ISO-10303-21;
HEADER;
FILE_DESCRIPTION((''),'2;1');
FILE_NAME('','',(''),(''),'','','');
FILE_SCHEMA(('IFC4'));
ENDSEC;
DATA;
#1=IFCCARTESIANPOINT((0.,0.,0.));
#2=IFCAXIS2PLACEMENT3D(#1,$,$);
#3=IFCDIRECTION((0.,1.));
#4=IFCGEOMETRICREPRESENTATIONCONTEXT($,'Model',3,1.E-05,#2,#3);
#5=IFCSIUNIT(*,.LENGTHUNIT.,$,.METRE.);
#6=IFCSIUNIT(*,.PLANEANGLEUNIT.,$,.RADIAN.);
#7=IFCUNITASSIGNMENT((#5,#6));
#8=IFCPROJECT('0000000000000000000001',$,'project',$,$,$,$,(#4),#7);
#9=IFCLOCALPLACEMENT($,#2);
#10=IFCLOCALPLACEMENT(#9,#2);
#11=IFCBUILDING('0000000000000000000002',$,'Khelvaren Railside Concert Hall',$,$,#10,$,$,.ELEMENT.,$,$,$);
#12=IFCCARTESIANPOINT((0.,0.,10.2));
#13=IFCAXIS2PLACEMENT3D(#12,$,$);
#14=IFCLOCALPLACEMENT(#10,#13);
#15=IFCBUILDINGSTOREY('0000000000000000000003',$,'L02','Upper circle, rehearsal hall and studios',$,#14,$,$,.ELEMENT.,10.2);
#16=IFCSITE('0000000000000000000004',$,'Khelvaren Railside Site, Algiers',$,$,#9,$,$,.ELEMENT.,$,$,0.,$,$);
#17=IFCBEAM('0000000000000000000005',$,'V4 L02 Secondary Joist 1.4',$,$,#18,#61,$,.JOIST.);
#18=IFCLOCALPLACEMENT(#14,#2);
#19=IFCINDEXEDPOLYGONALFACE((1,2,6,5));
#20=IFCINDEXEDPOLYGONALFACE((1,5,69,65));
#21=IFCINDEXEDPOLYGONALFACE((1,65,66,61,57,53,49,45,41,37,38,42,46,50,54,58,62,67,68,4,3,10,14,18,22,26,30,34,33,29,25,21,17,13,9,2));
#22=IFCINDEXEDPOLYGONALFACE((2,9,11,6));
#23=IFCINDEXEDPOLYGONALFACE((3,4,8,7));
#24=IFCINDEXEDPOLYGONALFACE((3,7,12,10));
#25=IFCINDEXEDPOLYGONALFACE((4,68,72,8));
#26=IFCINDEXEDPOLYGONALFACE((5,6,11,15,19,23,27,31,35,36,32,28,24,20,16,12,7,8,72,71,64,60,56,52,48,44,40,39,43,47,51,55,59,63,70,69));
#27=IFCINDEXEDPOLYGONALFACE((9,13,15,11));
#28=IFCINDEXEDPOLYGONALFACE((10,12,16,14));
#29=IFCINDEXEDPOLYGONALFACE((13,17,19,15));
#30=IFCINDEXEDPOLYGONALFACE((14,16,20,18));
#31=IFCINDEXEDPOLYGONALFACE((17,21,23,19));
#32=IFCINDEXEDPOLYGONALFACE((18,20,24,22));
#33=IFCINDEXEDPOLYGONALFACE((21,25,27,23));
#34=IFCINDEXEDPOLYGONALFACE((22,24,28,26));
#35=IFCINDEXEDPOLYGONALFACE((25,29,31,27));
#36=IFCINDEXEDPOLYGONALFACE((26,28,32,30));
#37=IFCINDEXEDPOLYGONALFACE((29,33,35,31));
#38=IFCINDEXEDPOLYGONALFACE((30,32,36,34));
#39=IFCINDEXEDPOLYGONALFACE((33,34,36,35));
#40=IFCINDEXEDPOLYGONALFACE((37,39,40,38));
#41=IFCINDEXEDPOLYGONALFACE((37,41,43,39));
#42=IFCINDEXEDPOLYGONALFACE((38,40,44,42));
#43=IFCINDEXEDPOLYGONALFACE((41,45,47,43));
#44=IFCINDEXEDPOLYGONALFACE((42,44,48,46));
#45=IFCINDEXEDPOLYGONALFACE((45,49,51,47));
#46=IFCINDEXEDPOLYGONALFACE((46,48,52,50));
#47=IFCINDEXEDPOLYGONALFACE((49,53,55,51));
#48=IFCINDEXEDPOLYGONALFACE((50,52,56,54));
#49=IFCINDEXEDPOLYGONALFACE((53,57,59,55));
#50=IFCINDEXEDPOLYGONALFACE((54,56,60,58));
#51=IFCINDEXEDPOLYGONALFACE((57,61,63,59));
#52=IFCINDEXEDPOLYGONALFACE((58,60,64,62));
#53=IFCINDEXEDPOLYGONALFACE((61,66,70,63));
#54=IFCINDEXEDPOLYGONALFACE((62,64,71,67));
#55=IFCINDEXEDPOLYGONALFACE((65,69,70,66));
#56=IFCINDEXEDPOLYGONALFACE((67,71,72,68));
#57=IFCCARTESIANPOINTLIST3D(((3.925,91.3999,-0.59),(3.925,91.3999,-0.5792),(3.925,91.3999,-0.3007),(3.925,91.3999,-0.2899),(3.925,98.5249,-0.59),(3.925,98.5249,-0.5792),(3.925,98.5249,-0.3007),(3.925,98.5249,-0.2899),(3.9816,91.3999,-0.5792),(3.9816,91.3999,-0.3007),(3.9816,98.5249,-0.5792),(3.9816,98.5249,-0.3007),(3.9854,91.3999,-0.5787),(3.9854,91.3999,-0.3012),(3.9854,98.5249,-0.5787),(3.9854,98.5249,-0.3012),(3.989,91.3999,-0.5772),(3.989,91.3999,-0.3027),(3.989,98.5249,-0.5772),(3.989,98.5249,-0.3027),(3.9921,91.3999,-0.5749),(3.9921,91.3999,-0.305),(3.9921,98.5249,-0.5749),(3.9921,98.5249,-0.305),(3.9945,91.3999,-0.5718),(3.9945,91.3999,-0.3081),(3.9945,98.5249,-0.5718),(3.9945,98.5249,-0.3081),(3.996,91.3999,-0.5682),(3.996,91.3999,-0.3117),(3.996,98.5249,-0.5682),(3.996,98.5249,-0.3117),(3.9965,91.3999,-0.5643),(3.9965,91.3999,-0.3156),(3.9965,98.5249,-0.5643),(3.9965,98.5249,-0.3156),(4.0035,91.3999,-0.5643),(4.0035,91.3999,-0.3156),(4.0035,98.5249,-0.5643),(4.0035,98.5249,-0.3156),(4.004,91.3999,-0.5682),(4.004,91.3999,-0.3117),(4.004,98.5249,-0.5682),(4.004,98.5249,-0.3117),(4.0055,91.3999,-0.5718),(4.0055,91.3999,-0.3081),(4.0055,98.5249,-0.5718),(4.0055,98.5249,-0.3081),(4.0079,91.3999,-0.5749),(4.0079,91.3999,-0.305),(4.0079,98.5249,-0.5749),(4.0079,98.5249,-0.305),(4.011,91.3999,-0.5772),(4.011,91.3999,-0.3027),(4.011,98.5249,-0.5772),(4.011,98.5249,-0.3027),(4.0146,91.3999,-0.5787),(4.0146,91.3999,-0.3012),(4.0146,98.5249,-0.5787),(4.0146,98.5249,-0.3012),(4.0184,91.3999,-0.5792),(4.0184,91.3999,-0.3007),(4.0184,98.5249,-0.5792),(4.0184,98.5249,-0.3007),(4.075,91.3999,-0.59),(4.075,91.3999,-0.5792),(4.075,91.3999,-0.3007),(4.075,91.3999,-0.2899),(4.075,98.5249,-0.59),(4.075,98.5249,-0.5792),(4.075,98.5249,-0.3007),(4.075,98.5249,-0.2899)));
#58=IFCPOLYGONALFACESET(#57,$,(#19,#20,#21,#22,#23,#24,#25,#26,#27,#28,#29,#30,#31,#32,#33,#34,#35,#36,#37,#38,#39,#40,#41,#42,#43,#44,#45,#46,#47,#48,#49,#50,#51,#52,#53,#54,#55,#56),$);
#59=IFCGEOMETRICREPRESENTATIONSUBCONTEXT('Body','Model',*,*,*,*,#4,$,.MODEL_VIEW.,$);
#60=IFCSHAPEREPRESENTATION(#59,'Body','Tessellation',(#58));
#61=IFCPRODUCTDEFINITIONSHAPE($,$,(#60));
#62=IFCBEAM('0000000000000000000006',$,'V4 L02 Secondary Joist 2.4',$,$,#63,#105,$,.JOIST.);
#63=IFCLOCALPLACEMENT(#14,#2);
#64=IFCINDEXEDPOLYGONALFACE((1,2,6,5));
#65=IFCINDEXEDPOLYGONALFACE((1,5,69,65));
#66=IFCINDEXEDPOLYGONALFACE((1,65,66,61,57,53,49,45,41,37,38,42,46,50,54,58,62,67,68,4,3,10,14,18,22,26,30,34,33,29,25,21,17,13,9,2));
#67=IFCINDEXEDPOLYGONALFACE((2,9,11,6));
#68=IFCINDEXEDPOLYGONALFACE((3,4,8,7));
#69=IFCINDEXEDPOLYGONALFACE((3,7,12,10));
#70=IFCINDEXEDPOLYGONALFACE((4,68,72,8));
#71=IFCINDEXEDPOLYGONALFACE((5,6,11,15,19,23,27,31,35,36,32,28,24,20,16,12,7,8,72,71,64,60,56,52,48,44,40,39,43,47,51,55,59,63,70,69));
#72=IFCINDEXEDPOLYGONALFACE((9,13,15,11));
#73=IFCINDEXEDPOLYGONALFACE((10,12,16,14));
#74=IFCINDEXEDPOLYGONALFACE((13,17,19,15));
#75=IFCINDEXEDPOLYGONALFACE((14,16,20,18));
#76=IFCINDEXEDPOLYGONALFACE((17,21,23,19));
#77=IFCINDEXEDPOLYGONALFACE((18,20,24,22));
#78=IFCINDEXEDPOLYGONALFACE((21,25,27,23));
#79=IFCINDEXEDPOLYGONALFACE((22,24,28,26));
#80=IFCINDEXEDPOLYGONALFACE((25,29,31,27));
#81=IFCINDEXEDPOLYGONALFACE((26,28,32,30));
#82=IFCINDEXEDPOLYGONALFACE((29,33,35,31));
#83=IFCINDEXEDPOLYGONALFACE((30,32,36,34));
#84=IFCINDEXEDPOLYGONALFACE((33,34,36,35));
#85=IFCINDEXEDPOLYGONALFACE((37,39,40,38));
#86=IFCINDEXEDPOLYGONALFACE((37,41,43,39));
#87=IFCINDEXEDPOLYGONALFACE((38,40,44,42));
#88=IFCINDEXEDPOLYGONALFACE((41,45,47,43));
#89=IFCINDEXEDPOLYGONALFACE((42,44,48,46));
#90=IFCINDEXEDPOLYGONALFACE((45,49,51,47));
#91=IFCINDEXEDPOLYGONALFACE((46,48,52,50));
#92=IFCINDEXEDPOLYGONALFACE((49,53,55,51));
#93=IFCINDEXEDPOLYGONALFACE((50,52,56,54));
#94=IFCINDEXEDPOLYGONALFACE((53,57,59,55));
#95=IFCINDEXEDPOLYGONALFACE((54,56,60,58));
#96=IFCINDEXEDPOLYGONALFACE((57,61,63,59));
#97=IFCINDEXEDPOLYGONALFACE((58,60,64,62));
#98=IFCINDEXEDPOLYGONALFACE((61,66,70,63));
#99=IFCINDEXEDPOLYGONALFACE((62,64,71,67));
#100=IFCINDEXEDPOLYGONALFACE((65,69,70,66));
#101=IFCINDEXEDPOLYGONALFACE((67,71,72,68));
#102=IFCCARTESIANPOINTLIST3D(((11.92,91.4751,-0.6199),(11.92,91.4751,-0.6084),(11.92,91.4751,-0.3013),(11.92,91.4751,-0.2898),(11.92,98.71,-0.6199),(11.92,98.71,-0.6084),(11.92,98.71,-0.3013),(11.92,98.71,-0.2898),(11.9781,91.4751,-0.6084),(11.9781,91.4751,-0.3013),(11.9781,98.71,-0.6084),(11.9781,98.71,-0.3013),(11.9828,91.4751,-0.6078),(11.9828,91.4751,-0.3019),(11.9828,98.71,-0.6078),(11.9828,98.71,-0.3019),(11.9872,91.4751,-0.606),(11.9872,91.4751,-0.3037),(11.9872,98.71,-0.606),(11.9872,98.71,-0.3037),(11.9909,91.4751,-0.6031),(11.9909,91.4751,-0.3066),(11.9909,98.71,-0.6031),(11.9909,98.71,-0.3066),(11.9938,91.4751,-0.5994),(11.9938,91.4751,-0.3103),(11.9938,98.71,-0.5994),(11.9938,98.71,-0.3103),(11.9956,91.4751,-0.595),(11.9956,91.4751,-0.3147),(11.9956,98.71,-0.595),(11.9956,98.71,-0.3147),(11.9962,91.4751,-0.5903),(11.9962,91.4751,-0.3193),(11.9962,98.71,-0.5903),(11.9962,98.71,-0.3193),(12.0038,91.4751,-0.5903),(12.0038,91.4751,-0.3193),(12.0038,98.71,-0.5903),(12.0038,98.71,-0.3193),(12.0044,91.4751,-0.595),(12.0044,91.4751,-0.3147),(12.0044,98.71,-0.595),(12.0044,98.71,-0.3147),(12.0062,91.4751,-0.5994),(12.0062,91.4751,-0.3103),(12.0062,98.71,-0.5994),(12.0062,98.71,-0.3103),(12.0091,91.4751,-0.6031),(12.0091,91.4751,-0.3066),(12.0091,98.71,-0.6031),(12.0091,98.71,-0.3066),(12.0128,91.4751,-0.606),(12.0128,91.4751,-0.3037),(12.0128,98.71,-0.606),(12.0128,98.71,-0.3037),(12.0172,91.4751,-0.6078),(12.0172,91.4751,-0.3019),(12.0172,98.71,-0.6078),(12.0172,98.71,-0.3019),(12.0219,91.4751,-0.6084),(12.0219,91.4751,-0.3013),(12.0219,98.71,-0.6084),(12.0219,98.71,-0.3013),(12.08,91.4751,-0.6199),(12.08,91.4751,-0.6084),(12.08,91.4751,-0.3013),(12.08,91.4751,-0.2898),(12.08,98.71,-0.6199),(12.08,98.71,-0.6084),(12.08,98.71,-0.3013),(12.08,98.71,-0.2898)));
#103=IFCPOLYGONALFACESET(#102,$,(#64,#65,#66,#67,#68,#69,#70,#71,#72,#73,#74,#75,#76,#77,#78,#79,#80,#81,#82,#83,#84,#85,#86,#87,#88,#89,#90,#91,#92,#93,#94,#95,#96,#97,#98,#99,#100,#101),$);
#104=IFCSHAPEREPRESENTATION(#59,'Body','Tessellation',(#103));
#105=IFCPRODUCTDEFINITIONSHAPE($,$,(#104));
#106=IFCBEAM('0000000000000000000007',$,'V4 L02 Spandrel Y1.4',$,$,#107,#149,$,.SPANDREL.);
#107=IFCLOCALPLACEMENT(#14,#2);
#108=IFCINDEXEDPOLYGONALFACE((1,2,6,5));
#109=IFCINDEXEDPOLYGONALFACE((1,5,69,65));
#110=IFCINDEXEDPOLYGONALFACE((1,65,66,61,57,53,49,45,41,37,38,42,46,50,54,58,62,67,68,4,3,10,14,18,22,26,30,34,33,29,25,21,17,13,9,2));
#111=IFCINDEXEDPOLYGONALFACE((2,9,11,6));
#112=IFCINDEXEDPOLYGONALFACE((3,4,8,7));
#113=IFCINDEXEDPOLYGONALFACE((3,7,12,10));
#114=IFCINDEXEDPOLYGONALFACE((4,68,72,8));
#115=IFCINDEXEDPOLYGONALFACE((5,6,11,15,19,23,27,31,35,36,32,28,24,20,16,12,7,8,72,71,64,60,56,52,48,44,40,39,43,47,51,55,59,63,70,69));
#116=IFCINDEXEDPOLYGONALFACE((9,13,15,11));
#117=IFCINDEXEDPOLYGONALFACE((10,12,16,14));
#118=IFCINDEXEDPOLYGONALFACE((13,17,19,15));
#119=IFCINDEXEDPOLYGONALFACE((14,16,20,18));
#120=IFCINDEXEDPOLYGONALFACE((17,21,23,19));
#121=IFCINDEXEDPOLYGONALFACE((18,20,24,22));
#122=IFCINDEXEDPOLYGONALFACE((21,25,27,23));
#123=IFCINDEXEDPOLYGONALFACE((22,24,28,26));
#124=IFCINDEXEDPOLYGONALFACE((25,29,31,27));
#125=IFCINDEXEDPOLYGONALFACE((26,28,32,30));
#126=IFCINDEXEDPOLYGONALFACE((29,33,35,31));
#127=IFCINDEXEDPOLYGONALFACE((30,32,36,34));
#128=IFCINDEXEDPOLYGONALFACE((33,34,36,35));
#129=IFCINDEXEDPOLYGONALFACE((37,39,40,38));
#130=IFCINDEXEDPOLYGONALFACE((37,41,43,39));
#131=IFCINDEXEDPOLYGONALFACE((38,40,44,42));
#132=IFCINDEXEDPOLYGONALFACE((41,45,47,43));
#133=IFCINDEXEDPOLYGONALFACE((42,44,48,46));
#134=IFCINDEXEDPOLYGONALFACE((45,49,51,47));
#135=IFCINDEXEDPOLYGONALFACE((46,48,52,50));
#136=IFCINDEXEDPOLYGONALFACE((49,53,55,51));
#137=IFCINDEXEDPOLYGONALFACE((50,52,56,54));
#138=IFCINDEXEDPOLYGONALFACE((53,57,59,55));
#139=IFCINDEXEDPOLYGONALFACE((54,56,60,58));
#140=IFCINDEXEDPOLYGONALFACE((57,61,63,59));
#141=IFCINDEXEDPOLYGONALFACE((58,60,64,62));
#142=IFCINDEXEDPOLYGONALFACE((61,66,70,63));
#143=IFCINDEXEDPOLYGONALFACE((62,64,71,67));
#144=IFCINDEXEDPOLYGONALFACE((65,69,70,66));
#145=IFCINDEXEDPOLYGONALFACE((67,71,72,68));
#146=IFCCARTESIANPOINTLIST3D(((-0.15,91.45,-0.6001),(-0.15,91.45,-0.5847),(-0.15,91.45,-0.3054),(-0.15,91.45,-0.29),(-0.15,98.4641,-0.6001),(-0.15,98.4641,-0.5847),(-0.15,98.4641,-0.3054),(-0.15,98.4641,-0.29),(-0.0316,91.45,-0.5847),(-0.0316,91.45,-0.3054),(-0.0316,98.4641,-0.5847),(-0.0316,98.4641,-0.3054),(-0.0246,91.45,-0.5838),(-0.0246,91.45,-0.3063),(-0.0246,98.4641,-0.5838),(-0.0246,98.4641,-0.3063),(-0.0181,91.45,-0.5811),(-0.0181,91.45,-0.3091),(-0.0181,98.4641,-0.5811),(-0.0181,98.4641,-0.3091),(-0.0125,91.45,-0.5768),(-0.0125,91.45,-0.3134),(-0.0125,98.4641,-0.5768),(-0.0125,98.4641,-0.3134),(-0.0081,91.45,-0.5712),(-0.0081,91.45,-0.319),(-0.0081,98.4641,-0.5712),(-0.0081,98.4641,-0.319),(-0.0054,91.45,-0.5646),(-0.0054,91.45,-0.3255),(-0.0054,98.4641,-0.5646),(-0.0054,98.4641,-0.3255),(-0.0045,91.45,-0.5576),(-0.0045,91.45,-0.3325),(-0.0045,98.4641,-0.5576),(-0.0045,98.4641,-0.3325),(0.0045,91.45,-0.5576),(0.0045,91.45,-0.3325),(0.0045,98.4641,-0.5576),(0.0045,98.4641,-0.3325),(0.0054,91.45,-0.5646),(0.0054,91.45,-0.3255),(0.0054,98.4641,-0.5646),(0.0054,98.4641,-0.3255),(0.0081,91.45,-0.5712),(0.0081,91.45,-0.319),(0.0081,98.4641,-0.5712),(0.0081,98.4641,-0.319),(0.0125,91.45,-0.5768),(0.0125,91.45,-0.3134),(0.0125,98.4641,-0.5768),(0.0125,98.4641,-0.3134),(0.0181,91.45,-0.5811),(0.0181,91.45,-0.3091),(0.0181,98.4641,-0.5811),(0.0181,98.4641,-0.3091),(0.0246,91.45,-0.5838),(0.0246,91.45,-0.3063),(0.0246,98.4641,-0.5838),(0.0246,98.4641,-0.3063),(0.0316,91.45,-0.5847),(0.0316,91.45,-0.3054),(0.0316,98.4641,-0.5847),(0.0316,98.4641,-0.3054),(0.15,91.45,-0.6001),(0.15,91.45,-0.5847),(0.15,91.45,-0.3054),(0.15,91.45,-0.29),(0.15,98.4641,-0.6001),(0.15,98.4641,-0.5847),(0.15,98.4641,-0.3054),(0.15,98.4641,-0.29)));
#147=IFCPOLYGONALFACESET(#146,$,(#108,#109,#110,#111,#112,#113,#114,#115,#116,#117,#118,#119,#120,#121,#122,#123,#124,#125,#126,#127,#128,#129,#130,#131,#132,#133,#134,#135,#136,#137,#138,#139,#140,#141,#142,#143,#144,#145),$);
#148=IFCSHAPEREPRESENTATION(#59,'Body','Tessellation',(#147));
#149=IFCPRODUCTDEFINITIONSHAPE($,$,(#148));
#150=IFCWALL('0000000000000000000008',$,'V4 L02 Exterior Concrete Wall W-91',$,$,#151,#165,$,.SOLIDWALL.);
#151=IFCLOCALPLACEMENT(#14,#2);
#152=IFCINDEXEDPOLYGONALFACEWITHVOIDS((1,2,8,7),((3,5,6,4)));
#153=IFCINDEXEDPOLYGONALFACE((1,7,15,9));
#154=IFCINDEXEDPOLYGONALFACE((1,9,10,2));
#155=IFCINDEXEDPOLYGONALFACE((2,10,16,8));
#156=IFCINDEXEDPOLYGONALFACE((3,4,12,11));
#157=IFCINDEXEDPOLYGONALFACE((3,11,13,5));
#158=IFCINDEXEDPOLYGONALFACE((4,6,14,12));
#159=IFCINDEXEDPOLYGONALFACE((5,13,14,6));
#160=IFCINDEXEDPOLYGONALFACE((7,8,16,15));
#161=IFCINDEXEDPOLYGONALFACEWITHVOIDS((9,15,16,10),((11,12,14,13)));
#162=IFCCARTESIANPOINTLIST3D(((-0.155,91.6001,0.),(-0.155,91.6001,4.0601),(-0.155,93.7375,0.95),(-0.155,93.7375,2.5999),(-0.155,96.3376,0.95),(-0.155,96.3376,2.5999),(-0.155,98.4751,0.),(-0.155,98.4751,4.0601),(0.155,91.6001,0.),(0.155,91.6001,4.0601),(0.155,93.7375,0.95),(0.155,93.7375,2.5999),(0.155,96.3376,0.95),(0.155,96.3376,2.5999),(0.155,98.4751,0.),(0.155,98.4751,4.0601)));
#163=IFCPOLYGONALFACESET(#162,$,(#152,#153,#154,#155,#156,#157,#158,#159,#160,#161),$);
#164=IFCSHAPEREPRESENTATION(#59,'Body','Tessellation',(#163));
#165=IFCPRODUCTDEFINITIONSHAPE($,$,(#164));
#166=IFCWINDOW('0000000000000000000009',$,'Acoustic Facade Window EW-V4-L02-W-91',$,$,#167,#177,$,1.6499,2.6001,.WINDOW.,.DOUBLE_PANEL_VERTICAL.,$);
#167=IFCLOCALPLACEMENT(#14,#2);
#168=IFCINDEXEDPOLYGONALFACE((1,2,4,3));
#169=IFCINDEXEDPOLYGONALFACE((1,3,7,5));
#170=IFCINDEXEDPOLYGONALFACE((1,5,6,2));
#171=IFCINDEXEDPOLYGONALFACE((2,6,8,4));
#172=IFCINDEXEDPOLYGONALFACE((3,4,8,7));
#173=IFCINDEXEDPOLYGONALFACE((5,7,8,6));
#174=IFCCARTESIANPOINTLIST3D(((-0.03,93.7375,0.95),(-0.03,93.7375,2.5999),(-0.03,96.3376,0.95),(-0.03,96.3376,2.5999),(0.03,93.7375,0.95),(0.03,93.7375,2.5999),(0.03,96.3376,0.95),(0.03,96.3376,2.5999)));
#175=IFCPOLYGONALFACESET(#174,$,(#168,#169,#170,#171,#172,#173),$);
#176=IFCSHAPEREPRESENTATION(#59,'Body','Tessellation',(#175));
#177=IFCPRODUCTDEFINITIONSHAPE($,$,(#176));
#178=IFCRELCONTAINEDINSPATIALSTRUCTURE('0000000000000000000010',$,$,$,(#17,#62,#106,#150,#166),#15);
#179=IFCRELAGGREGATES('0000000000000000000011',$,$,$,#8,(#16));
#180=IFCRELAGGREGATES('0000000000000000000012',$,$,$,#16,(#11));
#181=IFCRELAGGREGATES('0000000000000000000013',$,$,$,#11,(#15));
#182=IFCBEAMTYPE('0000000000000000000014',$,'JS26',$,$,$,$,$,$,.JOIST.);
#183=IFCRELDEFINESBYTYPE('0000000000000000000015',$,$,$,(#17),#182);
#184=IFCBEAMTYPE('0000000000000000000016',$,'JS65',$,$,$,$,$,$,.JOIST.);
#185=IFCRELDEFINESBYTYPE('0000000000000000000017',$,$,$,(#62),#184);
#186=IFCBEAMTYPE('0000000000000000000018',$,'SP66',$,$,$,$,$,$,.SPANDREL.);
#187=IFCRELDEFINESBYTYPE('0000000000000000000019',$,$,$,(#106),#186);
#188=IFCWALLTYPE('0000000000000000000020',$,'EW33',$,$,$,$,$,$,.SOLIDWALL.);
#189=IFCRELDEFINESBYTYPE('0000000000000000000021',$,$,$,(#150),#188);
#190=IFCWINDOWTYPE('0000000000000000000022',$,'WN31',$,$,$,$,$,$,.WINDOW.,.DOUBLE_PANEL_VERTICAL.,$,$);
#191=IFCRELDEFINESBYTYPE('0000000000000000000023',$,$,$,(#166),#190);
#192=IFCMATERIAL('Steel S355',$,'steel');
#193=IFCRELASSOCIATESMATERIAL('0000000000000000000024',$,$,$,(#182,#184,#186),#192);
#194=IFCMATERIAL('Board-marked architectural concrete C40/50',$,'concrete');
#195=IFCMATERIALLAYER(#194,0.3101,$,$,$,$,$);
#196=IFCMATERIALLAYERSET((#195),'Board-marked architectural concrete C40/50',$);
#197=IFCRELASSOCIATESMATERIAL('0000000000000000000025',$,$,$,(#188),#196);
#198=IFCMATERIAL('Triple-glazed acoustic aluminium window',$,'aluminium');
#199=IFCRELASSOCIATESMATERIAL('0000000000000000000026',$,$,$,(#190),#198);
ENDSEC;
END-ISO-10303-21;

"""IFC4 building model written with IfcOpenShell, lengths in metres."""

from ifc_helpers import new_model, si_unit, direction, frame, frame_2d, origin, origin_2d, place, context, subcontext, project, spatial, rectangle, i_section, extrude, material, layer, layer_set, material_profile, profile_set, type_object, element, fill, save


model = new_model("IFC4")

# Units and contexts
model_context = context("Model", 3, precision=1e-05, world=origin(), true_north=direction((0.0, 1.0)))
body_context = subcontext(model_context, "Body", "Model", "MODEL_VIEW")
ifc_project = project(units=[si_unit("LENGTHUNIT", "METRE"), si_unit("PLANEANGLEUNIT", "RADIAN")], contexts=[model_context])

# Site, building, storey
site_placement = place(None, origin())
site = spatial("IfcSite", under=ifc_project, at=site_placement, Name="Khelvaren Railside Site, Algiers", CompositionType="ELEMENT", RefElevation=0.0)
building_placement = place(site_placement, origin())
building = spatial("IfcBuilding", under=site, at=building_placement, Name="Khelvaren Railside Concert Hall", CompositionType="ELEMENT")
storey_placement = place(building_placement, frame((0.0, 0.0, 10.2)))
storey = spatial("IfcBuildingStorey", under=building, at=storey_placement, Name="L02", Description="Upper circle, rehearsal hall and studios", CompositionType="ELEMENT", Elevation=10.2)

# Beams
ifc_material_1 = material(Name="Steel S355", Category="steel")
ifc_material_profile_1 = material_profile(ifc_material_1, i_section(OverallWidth=0.1499, OverallDepth=0.3, WebThickness=0.0071, FlangeThickness=0.0107, FilletRadius=0.0149, at=origin_2d()), Name="IPE 300")
ifc_profile_set_1 = profile_set([ifc_material_profile_1], Name="Steel S355")
beam_type_1 = type_object("IfcBeamType", Name="JS26", PredefinedType="JOIST", material=ifc_profile_set_1)
beam_1_placement = place(storey_placement, frame((4.0, 91.3999, -0.4399), z_axis=(0.0, 1.0, 0.0), x_axis=(-1.0, 0.0, 0.0)))
element("IfcBeam", 1, at=beam_1_placement, inside=storey, type_object=beam_type_1, Name="V4 L02 Secondary Joist 1.4", PredefinedType="JOIST", context=body_context, shape_type="SweptSolid", body=[
    extrude(i_section(OverallWidth=0.1499, OverallDepth=0.3, WebThickness=0.0071, FlangeThickness=0.0107, FilletRadius=0.0149, at=origin_2d()), origin(), (0.0, 0.0, 1.0), 7.125),
])
ifc_material_profile_2 = material_profile(ifc_material_1, i_section(OverallWidth=0.1599, OverallDepth=0.3301, WebThickness=0.0076, FlangeThickness=0.0115, FilletRadius=0.0181, at=origin_2d()), Name="IPE 330")
ifc_profile_set_2 = profile_set([ifc_material_profile_2], Name="Steel S355")
beam_type_2 = type_object("IfcBeamType", Name="JS65", PredefinedType="JOIST", material=ifc_profile_set_2)
beam_2_placement = place(storey_placement, frame((12.0, 91.4751, -0.4548), z_axis=(0.0, 1.0, 0.0), x_axis=(-1.0, 0.0, 0.0)))
element("IfcBeam", 2, at=beam_2_placement, inside=storey, type_object=beam_type_2, Name="V4 L02 Secondary Joist 2.4", PredefinedType="JOIST", context=body_context, shape_type="SweptSolid", body=[
    extrude(i_section(OverallWidth=0.1599, OverallDepth=0.3301, WebThickness=0.0076, FlangeThickness=0.0115, FilletRadius=0.0181, at=origin_2d()), origin(), (0.0, 0.0, 1.0), 7.2349),
])
ifc_material_profile_3 = material_profile(ifc_material_1, i_section(OverallWidth=0.3, OverallDepth=0.3101, WebThickness=0.009, FlangeThickness=0.0154, FilletRadius=0.0271, at=origin_2d()), Name="HEA 320")
ifc_profile_set_3 = profile_set([ifc_material_profile_3], Name="Steel S355")
beam_type_3 = type_object("IfcBeamType", Name="SP66", PredefinedType="SPANDREL", material=ifc_profile_set_3)
beam_3_placement = place(storey_placement, frame((0.0, 91.45, -0.4451), z_axis=(0.0, 1.0, 0.0), x_axis=(-1.0, 0.0, 0.0)))
element("IfcBeam", 3, at=beam_3_placement, inside=storey, type_object=beam_type_3, Name="V4 L02 Spandrel Y1.4", PredefinedType="SPANDREL", context=body_context, shape_type="SweptSolid", body=[
    extrude(i_section(OverallWidth=0.3, OverallDepth=0.3101, WebThickness=0.009, FlangeThickness=0.0154, FilletRadius=0.0271, at=origin_2d()), origin(), (0.0, 0.0, 1.0), 7.0142),
])

# Wall, opening, window
ifc_material_2 = material(Name="Board-marked architectural concrete C40/50", Category="concrete")
ifc_layer_1 = layer(ifc_material_2, 0.3101)
ifc_layer_set_1 = layer_set([ifc_layer_1], Name="Board-marked architectural concrete C40/50")
wall_type_1 = type_object("IfcWallType", Name="EW33", PredefinedType="SOLIDWALL", material=ifc_layer_set_1)
wall_1_placement = place(storey_placement, frame((0.0, 91.6001, 0.0), z_axis=(0.0, 0.0, 1.0), x_axis=(0.0, 1.0, 0.0)))
wall_1 = element("IfcWall", 4, at=wall_1_placement, inside=storey, type_object=wall_type_1, Name="V4 L02 Exterior Concrete Wall W-91", PredefinedType="SOLIDWALL", context=body_context, shape_type="SweptSolid", body=[
    extrude(rectangle(XDim=6.875, YDim=0.3101, at=frame_2d((3.4375, 0.0))), origin(), (0.0, 0.0, 1.0), 4.0601),
])
opening_placement = place(wall_1_placement, frame((2.1375, 0.0, 0.95)))
opening = element("IfcOpeningElement", 5, at=opening_placement, cuts=wall_1, PredefinedType="OPENING", context=body_context, shape_type="SweptSolid", body=[
    extrude(rectangle(XDim=2.6001, YDim=1.6499, at=frame_2d((1.3, 0.825))), frame((0.0, 0.165, 0.0), z_axis=(0.0, -1.0, 0.0), x_axis=(1.0, 0.0, 0.0)), (0.0, 0.0, 1.0), 0.3301),
])
ifc_material_3 = material(Name="Triple-glazed acoustic aluminium window", Category="aluminium")
window_type = type_object("IfcWindowType", Name="WN31", PartitioningType="DOUBLE_PANEL_VERTICAL", PredefinedType="WINDOW", material=ifc_material_3)
window_placement = place(opening_placement, origin())
window = element("IfcWindow", 6, at=window_placement, inside=storey, type_object=window_type, Name="Acoustic Facade Window EW-V4-L02-W-91", OverallHeight=1.6499, OverallWidth=2.6001, PartitioningType="DOUBLE_PANEL_VERTICAL", PredefinedType="WINDOW", context=body_context, shape_type="SweptSolid", body=[
    extrude(rectangle(XDim=2.6001, YDim=1.6499, at=frame_2d((1.3, 0.825))), frame((0.0, 0.03, 0.0), z_axis=(0.0, -1.0, 0.0), x_axis=(1.0, 0.0, 0.0)), (0.0, 0.0, 1.0), 0.0601),
])
fill(opening, window)

save(model, "model.ifc")
